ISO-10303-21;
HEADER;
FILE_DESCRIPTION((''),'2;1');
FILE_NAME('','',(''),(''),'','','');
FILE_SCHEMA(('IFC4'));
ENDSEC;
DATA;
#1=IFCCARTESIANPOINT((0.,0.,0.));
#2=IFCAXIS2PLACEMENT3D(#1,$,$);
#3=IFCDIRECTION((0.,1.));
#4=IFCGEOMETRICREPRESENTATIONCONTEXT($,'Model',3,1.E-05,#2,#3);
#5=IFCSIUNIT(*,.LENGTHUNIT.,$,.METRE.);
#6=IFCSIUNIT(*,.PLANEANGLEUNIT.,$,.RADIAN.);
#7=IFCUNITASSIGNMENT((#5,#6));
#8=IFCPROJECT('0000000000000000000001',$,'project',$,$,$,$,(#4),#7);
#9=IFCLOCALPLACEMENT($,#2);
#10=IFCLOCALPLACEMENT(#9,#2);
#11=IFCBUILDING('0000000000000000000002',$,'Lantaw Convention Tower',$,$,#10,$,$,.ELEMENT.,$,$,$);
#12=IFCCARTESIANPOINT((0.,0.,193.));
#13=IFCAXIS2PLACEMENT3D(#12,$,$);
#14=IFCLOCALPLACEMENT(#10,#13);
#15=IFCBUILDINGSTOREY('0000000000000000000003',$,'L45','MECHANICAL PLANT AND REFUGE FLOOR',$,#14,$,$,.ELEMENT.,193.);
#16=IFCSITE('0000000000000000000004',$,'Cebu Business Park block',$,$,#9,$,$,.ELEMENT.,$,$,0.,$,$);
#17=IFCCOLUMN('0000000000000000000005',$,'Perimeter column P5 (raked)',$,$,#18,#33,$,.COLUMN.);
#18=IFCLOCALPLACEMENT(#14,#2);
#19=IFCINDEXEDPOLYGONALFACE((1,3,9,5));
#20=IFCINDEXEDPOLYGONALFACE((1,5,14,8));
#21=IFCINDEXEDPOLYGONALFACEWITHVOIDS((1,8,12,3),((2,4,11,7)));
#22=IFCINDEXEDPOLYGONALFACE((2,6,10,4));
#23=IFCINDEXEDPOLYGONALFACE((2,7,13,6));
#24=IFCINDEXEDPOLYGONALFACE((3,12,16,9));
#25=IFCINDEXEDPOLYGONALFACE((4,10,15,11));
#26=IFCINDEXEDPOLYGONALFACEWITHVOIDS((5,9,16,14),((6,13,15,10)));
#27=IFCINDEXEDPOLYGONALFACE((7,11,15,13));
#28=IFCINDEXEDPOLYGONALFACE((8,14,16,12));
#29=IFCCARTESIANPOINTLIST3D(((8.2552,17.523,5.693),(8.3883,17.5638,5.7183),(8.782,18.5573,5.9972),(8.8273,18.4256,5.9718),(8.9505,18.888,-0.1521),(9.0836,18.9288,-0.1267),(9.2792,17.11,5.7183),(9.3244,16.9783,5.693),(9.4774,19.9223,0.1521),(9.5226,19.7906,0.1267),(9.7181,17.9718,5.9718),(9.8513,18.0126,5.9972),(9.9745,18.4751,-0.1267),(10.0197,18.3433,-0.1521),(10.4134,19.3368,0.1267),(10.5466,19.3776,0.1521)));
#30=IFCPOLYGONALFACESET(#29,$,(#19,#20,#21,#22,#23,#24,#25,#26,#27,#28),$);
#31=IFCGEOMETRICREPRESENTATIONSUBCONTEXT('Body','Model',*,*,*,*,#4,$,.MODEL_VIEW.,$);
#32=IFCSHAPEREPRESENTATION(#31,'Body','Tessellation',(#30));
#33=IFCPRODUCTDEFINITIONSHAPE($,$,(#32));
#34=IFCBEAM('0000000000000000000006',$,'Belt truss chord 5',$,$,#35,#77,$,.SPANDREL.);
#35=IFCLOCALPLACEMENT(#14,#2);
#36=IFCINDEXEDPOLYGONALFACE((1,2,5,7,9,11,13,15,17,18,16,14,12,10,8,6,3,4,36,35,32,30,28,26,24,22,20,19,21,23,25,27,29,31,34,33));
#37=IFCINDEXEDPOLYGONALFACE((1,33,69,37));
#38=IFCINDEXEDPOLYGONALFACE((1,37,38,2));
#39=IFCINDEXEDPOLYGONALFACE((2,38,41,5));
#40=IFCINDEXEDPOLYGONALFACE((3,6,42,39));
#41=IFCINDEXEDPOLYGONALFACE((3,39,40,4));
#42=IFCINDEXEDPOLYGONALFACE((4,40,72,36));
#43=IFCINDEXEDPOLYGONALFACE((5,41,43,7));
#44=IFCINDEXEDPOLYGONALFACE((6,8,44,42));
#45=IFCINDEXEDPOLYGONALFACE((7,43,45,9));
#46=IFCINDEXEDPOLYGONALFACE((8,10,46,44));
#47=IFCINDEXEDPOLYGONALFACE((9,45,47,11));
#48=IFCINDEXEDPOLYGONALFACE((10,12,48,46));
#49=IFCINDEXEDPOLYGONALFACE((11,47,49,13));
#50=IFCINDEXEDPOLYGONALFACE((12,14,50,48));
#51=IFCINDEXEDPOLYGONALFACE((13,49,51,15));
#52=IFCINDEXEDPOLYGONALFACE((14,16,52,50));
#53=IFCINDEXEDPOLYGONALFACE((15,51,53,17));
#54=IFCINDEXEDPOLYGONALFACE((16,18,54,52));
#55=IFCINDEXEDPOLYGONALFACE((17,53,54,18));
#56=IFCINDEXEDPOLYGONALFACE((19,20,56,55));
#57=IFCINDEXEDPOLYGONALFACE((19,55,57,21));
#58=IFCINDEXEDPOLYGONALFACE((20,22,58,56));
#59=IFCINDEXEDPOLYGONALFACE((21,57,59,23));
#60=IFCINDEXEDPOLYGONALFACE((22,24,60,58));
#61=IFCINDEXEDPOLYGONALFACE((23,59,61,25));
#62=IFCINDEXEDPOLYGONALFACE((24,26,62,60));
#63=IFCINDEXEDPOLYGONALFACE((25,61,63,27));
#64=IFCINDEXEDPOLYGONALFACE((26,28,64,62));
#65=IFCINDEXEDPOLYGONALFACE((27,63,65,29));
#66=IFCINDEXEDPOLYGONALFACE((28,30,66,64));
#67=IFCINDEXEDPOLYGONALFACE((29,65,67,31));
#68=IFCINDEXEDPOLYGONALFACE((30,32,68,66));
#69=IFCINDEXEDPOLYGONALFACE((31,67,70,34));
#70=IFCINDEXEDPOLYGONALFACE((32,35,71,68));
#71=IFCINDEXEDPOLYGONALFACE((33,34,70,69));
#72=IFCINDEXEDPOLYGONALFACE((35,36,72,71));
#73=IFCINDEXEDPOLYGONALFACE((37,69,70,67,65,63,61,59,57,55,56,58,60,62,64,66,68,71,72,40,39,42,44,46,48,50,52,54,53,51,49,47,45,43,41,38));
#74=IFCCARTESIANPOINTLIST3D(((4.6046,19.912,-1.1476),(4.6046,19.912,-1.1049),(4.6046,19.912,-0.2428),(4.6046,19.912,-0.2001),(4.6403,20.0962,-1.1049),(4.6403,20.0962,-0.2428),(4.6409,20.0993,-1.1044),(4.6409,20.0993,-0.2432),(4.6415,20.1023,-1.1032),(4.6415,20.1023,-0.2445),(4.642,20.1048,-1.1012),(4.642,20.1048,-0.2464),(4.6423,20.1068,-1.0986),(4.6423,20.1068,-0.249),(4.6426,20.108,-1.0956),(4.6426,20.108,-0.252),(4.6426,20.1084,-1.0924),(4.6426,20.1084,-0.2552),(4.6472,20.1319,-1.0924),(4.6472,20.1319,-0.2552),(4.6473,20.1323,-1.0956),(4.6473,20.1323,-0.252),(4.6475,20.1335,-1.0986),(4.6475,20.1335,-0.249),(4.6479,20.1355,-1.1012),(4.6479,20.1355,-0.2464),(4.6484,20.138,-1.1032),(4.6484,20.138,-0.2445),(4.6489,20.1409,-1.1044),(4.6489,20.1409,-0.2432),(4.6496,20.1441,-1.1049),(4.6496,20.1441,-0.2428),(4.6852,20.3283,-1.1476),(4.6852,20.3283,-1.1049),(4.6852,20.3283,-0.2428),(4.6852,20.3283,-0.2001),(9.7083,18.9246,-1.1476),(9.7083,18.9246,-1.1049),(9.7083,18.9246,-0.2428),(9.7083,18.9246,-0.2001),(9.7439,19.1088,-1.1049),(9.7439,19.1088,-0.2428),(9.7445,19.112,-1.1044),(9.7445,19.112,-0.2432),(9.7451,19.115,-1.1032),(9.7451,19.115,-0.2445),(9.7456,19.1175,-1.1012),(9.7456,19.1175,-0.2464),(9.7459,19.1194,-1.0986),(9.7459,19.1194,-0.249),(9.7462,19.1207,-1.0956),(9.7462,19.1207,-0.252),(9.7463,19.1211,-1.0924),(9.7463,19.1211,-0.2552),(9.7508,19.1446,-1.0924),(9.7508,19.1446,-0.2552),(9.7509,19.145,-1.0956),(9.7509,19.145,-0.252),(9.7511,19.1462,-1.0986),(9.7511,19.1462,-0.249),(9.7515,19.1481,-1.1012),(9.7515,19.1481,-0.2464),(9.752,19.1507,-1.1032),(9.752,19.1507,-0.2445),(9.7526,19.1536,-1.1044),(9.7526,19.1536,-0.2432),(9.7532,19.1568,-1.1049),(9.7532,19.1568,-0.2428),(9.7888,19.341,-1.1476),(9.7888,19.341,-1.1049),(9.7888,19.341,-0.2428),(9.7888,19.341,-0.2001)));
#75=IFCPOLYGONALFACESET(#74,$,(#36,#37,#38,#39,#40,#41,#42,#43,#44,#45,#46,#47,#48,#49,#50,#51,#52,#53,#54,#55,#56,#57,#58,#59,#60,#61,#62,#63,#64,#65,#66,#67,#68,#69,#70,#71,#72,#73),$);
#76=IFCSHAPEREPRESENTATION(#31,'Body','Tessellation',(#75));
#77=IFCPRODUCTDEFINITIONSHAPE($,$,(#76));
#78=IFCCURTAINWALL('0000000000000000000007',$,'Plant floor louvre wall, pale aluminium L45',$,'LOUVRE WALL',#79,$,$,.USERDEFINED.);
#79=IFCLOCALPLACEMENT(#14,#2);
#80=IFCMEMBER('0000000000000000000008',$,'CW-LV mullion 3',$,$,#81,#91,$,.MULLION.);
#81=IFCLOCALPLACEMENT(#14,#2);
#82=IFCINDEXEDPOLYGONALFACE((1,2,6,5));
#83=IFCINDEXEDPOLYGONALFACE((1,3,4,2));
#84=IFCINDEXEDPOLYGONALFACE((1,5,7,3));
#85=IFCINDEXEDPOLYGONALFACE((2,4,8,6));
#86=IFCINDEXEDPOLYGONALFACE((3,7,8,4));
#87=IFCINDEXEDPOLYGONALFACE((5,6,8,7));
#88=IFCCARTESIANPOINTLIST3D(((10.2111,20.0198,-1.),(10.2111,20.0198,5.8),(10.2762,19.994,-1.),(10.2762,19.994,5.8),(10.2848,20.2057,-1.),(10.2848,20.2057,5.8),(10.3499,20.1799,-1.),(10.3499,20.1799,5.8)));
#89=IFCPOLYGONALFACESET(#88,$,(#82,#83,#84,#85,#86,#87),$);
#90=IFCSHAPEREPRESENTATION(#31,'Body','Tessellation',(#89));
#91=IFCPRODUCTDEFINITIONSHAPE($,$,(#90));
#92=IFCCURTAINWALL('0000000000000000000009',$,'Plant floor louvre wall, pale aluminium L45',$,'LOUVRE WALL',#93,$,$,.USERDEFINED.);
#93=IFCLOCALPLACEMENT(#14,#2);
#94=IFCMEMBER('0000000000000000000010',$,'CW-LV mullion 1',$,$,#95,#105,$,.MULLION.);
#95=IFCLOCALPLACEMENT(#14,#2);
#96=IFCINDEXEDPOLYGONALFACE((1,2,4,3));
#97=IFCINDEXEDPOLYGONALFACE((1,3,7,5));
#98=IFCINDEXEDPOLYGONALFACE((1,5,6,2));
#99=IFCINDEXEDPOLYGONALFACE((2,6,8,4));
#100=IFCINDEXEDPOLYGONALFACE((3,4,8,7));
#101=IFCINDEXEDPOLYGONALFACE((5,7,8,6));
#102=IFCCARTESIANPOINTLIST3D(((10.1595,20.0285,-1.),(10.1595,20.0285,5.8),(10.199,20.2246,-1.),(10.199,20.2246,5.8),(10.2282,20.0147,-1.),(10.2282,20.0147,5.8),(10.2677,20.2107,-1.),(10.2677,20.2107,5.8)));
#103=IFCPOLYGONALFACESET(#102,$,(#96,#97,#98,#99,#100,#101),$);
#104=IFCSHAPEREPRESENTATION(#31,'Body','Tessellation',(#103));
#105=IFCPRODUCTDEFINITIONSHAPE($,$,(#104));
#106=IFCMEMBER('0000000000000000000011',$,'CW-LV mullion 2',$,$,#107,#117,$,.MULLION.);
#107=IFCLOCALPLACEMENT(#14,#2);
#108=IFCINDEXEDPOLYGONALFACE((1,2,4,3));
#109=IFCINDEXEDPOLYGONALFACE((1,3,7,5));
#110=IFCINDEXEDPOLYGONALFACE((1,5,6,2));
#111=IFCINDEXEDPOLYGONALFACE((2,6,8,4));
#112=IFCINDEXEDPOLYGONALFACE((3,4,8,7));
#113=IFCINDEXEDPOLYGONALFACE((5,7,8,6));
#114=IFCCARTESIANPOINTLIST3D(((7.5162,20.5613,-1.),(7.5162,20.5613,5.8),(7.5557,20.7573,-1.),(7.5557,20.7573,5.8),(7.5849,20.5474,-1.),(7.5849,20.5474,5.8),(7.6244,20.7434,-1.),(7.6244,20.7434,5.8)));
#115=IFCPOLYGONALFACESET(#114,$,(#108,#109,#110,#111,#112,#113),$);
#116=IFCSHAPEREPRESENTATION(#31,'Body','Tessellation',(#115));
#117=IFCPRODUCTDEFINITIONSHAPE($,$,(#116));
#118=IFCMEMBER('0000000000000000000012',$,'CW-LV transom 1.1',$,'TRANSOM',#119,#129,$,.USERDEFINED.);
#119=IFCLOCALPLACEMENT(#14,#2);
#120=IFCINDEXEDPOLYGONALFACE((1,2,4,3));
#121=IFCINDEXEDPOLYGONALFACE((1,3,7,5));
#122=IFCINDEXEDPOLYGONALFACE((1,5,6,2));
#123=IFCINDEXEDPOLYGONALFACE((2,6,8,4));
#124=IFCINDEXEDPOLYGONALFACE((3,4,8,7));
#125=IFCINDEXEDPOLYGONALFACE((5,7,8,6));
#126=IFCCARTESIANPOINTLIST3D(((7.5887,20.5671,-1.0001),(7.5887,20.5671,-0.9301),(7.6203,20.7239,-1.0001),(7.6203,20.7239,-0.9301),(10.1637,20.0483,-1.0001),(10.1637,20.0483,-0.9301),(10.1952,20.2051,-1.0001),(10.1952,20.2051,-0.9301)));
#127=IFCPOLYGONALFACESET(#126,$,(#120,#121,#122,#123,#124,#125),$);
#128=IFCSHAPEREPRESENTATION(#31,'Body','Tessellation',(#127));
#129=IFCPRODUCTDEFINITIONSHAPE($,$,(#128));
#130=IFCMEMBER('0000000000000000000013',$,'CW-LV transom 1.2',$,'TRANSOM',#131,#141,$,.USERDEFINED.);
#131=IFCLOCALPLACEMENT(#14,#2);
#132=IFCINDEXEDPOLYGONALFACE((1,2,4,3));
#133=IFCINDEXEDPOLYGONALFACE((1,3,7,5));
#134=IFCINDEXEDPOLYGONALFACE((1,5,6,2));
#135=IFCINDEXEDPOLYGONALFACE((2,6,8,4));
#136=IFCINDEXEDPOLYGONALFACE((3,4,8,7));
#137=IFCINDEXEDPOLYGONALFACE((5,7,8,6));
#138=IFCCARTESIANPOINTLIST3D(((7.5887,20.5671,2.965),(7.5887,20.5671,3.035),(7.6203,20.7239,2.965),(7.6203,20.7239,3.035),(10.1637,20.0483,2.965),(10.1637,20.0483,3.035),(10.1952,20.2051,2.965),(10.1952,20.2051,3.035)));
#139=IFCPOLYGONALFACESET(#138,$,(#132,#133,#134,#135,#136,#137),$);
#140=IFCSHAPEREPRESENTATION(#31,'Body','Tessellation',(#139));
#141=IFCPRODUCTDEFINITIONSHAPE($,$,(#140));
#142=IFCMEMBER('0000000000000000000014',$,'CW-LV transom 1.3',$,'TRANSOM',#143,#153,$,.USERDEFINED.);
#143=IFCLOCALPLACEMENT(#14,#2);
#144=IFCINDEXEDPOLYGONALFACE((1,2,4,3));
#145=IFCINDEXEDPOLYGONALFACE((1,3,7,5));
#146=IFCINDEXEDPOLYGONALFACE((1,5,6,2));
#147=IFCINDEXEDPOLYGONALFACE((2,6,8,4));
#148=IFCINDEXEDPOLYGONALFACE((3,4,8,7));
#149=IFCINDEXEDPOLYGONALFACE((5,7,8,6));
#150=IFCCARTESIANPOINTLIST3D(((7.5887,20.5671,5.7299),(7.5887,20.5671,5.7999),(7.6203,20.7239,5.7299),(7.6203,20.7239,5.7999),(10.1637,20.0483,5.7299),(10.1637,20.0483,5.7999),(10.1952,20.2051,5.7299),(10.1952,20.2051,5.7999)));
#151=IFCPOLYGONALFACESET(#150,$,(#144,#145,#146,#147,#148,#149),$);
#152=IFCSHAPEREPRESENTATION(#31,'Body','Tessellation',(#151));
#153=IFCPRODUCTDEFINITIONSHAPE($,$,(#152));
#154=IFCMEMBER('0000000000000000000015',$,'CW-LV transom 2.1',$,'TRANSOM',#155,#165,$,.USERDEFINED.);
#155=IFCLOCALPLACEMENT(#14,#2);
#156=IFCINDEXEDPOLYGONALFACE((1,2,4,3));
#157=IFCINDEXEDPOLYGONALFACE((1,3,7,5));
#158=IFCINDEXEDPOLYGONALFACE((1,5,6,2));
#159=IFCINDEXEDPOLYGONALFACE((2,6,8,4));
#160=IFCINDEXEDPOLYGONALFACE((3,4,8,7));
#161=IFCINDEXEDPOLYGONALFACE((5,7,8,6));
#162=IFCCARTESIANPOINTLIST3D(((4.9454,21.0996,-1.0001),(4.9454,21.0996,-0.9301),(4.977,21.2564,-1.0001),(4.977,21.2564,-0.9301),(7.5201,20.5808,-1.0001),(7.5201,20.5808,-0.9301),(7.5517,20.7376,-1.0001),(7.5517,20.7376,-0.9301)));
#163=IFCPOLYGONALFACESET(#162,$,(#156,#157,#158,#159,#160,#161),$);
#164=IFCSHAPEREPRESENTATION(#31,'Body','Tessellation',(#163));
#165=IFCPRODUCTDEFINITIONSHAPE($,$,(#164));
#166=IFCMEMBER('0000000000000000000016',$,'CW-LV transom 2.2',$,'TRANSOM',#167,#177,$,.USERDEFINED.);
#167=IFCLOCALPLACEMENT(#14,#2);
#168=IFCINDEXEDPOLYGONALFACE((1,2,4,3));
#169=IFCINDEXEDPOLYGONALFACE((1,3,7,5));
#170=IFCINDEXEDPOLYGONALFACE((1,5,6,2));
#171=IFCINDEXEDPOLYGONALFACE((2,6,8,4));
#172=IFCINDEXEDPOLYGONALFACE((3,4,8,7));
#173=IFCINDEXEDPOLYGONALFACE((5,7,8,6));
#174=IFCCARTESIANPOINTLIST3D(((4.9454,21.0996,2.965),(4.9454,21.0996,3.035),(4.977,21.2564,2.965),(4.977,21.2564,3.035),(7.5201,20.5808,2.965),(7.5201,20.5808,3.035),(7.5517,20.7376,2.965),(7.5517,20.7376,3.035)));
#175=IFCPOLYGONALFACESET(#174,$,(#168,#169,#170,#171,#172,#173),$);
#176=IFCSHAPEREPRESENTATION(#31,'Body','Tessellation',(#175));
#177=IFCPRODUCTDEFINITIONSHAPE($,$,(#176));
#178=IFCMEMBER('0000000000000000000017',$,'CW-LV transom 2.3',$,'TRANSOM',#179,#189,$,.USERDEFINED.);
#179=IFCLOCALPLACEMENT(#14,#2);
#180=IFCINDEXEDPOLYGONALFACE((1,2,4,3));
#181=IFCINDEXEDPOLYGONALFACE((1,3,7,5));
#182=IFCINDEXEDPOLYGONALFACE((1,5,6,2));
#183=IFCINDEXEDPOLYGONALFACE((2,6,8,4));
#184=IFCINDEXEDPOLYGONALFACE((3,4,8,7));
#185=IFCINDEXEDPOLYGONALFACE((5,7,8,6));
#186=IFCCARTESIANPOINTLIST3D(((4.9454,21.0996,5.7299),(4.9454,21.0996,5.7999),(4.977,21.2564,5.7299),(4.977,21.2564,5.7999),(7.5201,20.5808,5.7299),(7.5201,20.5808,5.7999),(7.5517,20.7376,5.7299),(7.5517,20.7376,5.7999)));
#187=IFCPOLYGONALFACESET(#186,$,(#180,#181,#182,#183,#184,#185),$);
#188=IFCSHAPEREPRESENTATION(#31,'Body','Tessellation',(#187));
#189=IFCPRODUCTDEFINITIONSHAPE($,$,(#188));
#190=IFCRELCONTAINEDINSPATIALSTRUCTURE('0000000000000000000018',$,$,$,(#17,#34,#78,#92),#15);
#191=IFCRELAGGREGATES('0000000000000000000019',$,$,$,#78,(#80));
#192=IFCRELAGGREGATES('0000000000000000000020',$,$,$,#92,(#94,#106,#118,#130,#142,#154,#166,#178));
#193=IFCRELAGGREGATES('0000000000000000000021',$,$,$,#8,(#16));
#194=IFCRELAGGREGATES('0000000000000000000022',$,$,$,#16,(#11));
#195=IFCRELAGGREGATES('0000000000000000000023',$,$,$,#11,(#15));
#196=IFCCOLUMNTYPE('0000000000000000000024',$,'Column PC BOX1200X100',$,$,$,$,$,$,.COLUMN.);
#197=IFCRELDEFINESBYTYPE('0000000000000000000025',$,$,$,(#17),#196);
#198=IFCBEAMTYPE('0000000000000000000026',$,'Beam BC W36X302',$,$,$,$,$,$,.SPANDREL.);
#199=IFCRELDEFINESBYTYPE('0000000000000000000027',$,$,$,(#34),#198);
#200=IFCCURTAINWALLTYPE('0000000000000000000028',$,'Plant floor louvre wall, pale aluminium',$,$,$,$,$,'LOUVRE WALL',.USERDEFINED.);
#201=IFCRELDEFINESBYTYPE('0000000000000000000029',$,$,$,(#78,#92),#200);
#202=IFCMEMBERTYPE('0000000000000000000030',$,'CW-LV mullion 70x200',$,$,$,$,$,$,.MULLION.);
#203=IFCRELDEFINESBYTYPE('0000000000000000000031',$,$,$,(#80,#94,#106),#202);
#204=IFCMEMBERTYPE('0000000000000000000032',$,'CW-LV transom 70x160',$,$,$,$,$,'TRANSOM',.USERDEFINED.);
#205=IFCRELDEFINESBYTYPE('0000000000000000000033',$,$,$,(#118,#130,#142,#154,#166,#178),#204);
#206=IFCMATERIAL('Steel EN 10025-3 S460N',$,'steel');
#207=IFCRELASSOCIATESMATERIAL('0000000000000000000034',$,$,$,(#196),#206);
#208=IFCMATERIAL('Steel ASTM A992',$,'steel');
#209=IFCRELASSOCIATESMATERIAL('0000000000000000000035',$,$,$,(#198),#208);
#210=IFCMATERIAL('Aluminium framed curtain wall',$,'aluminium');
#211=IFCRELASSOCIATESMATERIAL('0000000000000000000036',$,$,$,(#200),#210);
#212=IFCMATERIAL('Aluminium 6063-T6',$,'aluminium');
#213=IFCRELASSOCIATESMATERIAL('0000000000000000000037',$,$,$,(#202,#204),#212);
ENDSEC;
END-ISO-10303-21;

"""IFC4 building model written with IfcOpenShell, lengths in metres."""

from ifc_helpers import new_model, si_unit, direction, frame, origin, origin_2d, place, context, subcontext, project, spatial, rectangle, hollow_rectangle, i_section, extrude, material, material_profile, profile_set, type_object, element, aggregate, save


model = new_model("IFC4")

# Units and contexts
model_context = context("Model", 3, precision=1e-05, world=origin(), true_north=direction((0.0, 1.0)))
body_context = subcontext(model_context, "Body", "Model", "MODEL_VIEW")
ifc_project = project(units=[si_unit("LENGTHUNIT", "METRE"), si_unit("PLANEANGLEUNIT", "RADIAN")], contexts=[model_context])

# Site, building, storey
site_placement = place(None, origin())
site = spatial("IfcSite", under=ifc_project, at=site_placement, Name="Cebu Business Park block", CompositionType="ELEMENT", RefElevation=0.0)
building_placement = place(site_placement, origin())
building = spatial("IfcBuilding", under=site, at=building_placement, Name="Lantaw Convention Tower", CompositionType="ELEMENT")
storey_placement = place(building_placement, frame((0.0, 0.0, 193.0)))
storey = spatial("IfcBuildingStorey", under=building, at=storey_placement, Name="L45", Description="MECHANICAL PLANT AND REFUGE FLOOR", CompositionType="ELEMENT", Elevation=193.0)

# Column
ifc_material_1 = material(Name="Steel EN 10025-3 S460N", Category="steel")
ifc_material_profile_1 = material_profile(ifc_material_1, hollow_rectangle(XDim=1.2, YDim=1.2, WallThickness=0.1001, at=origin_2d()), Name="BOX1200X100")
ifc_material_2 = material(Name="Concrete C60/75", Category="concrete")
ifc_material_profile_2 = material_profile(ifc_material_2, rectangle(XDim=1.0, YDim=1.0, at=origin_2d()), Name="Concrete fill of BOX1200X100")
ifc_profile_set_1 = profile_set([ifc_material_profile_1, ifc_material_profile_2], Name="Steel EN 10025-3 S460N")
column_type = type_object("IfcColumnType", Name="Column PC BOX1200X100", PredefinedType="COLUMN", material=ifc_profile_set_1)
column_placement = place(storey_placement, frame((9.7485, 19.1328, 0.0), z_axis=(-0.115073, -0.225903, 0.967329), x_axis=(0.891055, -0.453895, 0.0)))
element("IfcColumn", 1, at=column_placement, inside=storey, type_object=column_type, Name="Perimeter column P5 (raked)", PredefinedType="COLUMN", context=body_context, shape_type="SweptSolid", body=[
    extrude(hollow_rectangle(XDim=1.2, YDim=1.2, WallThickness=0.1001, at=origin_2d()), origin(), (0.0, 0.0, 1.0), 6.0425),
])

# Beam
ifc_material_3 = material(Name="Steel ASTM A992", Category="steel")
ifc_material_profile_3 = material_profile(ifc_material_3, i_section(OverallWidth=0.4241, OverallDepth=0.9475, WebThickness=0.0239, FlangeThickness=0.0427, FilletRadius=0.0125, at=origin_2d()), Name="W36X302")
ifc_profile_set_2 = profile_set([ifc_material_profile_3], Name="Steel ASTM A992")
beam_type = type_object("IfcBeamType", Name="Beam BC W36X302", PredefinedType="SPANDREL", material=ifc_profile_set_2)
beam_placement = place(storey_placement, frame((9.7485, 19.1328, -0.6738), z_axis=(-0.981797, 0.189934, 0.0), x_axis=(-0.189934, -0.981797, 0.0)))
element("IfcBeam", 2, at=beam_placement, inside=storey, type_object=beam_type, Name="Belt truss chord 5", PredefinedType="SPANDREL", context=body_context, shape_type="SweptSolid", body=[
    extrude(i_section(OverallWidth=0.4241, OverallDepth=0.9475, WebThickness=0.0239, FlangeThickness=0.0427, FilletRadius=0.0125, at=origin_2d()), origin(), (0.0, 0.0, 1.0), 5.1982),
])

# Curtain wall, member
ifc_material_4 = material(Name="Aluminium framed curtain wall", Category="aluminium")
curtain_wall_type = type_object("IfcCurtainWallType", Name="Plant floor louvre wall, pale aluminium", ElementType="LOUVRE WALL", PredefinedType="USERDEFINED", material=ifc_material_4)
curtain_wall_1_placement = place(storey_placement, origin())
curtain_wall_1 = element("IfcCurtainWall", 3, at=curtain_wall_1_placement, inside=storey, type_object=curtain_wall_type, Name="Plant floor louvre wall, pale aluminium L45", ObjectType="LOUVRE WALL", PredefinedType="USERDEFINED")
ifc_material_5 = material(Name="Aluminium 6063-T6", Category="aluminium")
ifc_material_profile_4 = material_profile(ifc_material_5, rectangle(XDim=0.2, YDim=0.0701, at=origin_2d()), Name="CW-LV mullion 70x200")
ifc_profile_set_3 = profile_set([ifc_material_profile_4], Name="Aluminium 6063-T6")
member_type_1 = type_object("IfcMemberType", Name="CW-LV mullion 70x200", PredefinedType="MULLION", material=ifc_profile_set_3)
member_1_placement = place(storey_placement, frame((10.2805, 20.0999, -1.0), z_axis=(0.0, 0.0, 1.0), x_axis=(-0.368702, -0.929548, 0.0)))
member_1 = element("IfcMember", 4, at=member_1_placement, type_object=member_type_1, Name="CW-LV mullion 3", PredefinedType="MULLION", context=body_context, shape_type="SweptSolid", body=[
    extrude(rectangle(XDim=0.2, YDim=0.0701, at=origin_2d()), origin(), (0.0, 0.0, 1.0), 6.8),
])

# Curtain wall, members
curtain_wall_2_placement = place(storey_placement, origin())
curtain_wall_2 = element("IfcCurtainWall", 5, at=curtain_wall_2_placement, inside=storey, type_object=curtain_wall_type, Name="Plant floor louvre wall, pale aluminium L45", ObjectType="LOUVRE WALL", PredefinedType="USERDEFINED")
member_2_placement = place(storey_placement, frame((10.2136, 20.1196, -1.0), z_axis=(0.0, 0.0, 1.0), x_axis=(-0.197507, -0.980302, 0.0)))
member_2 = element("IfcMember", 6, at=member_2_placement, type_object=member_type_1, Name="CW-LV mullion 1", PredefinedType="MULLION", context=body_context, shape_type="SweptSolid", body=[
    extrude(rectangle(XDim=0.2, YDim=0.0701, at=origin_2d()), origin(), (0.0, 0.0, 1.0), 6.8),
])
member_3_placement = place(storey_placement, frame((7.5703, 20.6523, -1.0), z_axis=(0.0, 0.0, 1.0), x_axis=(-0.197507, -0.980302, 0.0)))
member_3 = element("IfcMember", 7, at=member_3_placement, type_object=member_type_1, Name="CW-LV mullion 2", PredefinedType="MULLION", context=body_context, shape_type="SweptSolid", body=[
    extrude(rectangle(XDim=0.2, YDim=0.0701, at=origin_2d()), origin(), (0.0, 0.0, 1.0), 6.8),
])
ifc_material_profile_5 = material_profile(ifc_material_5, rectangle(XDim=0.1599, YDim=0.0701, at=origin_2d()), Name="CW-LV transom 70x160")
ifc_profile_set_4 = profile_set([ifc_material_profile_5], Name="Aluminium 6063-T6")
member_type_2 = type_object("IfcMemberType", Name="CW-LV transom 70x160", ElementType="TRANSOM", PredefinedType="USERDEFINED", material=ifc_profile_set_4)
member_4_placement = place(storey_placement, frame((10.1794, 20.1267, -0.9651), z_axis=(-0.980301, 0.19751, 0.0), x_axis=(-0.19751, -0.980301, 0.0)))
member_4 = element("IfcMember", 8, at=member_4_placement, type_object=member_type_2, Name="CW-LV transom 1.1", ObjectType="TRANSOM", PredefinedType="USERDEFINED", context=body_context, shape_type="SweptSolid", body=[
    extrude(rectangle(XDim=0.1599, YDim=0.0701, at=origin_2d()), origin(), (0.0, 0.0, 1.0), 2.6267),
])
member_5_placement = place(storey_placement, frame((10.1794, 20.1267, 3.0), z_axis=(-0.980301, 0.19751, 0.0), x_axis=(-0.19751, -0.980301, 0.0)))
member_5 = element("IfcMember", 9, at=member_5_placement, type_object=member_type_2, Name="CW-LV transom 1.2", ObjectType="TRANSOM", PredefinedType="USERDEFINED", context=body_context, shape_type="SweptSolid", body=[
    extrude(rectangle(XDim=0.1599, YDim=0.0701, at=origin_2d()), origin(), (0.0, 0.0, 1.0), 2.6267),
])
member_6_placement = place(storey_placement, frame((10.1794, 20.1267, 5.7649), z_axis=(-0.980301, 0.19751, 0.0), x_axis=(-0.19751, -0.980301, 0.0)))
member_6 = element("IfcMember", 10, at=member_6_placement, type_object=member_type_2, Name="CW-LV transom 1.3", ObjectType="TRANSOM", PredefinedType="USERDEFINED", context=body_context, shape_type="SweptSolid", body=[
    extrude(rectangle(XDim=0.1599, YDim=0.0701, at=origin_2d()), origin(), (0.0, 0.0, 1.0), 2.6267),
])
member_7_placement = place(storey_placement, frame((7.5359, 20.6592, -0.9651), z_axis=(-0.980297, 0.197528, 0.0), x_axis=(-0.197528, -0.980297, 0.0)))
member_7 = element("IfcMember", 11, at=member_7_placement, type_object=member_type_2, Name="CW-LV transom 2.1", ObjectType="TRANSOM", PredefinedType="USERDEFINED", context=body_context, shape_type="SweptSolid", body=[
    extrude(rectangle(XDim=0.1599, YDim=0.0701, at=origin_2d()), origin(), (0.0, 0.0, 1.0), 2.6265),
])
member_8_placement = place(storey_placement, frame((7.5359, 20.6592, 3.0), z_axis=(-0.980297, 0.197528, 0.0), x_axis=(-0.197528, -0.980297, 0.0)))
member_8 = element("IfcMember", 12, at=member_8_placement, type_object=member_type_2, Name="CW-LV transom 2.2", ObjectType="TRANSOM", PredefinedType="USERDEFINED", context=body_context, shape_type="SweptSolid", body=[
    extrude(rectangle(XDim=0.1599, YDim=0.0701, at=origin_2d()), origin(), (0.0, 0.0, 1.0), 2.6265),
])
member_9_placement = place(storey_placement, frame((7.5359, 20.6592, 5.7649), z_axis=(-0.980297, 0.197528, 0.0), x_axis=(-0.197528, -0.980297, 0.0)))
member_9 = element("IfcMember", 13, at=member_9_placement, type_object=member_type_2, Name="CW-LV transom 2.3", ObjectType="TRANSOM", PredefinedType="USERDEFINED", context=body_context, shape_type="SweptSolid", body=[
    extrude(rectangle(XDim=0.1599, YDim=0.0701, at=origin_2d()), origin(), (0.0, 0.0, 1.0), 2.6265),
])

aggregate(curtain_wall_1, [member_1])
aggregate(curtain_wall_2, [member_2, member_3, member_4, member_5, member_6, member_7, member_8, member_9])

save(model, "model.ifc")
